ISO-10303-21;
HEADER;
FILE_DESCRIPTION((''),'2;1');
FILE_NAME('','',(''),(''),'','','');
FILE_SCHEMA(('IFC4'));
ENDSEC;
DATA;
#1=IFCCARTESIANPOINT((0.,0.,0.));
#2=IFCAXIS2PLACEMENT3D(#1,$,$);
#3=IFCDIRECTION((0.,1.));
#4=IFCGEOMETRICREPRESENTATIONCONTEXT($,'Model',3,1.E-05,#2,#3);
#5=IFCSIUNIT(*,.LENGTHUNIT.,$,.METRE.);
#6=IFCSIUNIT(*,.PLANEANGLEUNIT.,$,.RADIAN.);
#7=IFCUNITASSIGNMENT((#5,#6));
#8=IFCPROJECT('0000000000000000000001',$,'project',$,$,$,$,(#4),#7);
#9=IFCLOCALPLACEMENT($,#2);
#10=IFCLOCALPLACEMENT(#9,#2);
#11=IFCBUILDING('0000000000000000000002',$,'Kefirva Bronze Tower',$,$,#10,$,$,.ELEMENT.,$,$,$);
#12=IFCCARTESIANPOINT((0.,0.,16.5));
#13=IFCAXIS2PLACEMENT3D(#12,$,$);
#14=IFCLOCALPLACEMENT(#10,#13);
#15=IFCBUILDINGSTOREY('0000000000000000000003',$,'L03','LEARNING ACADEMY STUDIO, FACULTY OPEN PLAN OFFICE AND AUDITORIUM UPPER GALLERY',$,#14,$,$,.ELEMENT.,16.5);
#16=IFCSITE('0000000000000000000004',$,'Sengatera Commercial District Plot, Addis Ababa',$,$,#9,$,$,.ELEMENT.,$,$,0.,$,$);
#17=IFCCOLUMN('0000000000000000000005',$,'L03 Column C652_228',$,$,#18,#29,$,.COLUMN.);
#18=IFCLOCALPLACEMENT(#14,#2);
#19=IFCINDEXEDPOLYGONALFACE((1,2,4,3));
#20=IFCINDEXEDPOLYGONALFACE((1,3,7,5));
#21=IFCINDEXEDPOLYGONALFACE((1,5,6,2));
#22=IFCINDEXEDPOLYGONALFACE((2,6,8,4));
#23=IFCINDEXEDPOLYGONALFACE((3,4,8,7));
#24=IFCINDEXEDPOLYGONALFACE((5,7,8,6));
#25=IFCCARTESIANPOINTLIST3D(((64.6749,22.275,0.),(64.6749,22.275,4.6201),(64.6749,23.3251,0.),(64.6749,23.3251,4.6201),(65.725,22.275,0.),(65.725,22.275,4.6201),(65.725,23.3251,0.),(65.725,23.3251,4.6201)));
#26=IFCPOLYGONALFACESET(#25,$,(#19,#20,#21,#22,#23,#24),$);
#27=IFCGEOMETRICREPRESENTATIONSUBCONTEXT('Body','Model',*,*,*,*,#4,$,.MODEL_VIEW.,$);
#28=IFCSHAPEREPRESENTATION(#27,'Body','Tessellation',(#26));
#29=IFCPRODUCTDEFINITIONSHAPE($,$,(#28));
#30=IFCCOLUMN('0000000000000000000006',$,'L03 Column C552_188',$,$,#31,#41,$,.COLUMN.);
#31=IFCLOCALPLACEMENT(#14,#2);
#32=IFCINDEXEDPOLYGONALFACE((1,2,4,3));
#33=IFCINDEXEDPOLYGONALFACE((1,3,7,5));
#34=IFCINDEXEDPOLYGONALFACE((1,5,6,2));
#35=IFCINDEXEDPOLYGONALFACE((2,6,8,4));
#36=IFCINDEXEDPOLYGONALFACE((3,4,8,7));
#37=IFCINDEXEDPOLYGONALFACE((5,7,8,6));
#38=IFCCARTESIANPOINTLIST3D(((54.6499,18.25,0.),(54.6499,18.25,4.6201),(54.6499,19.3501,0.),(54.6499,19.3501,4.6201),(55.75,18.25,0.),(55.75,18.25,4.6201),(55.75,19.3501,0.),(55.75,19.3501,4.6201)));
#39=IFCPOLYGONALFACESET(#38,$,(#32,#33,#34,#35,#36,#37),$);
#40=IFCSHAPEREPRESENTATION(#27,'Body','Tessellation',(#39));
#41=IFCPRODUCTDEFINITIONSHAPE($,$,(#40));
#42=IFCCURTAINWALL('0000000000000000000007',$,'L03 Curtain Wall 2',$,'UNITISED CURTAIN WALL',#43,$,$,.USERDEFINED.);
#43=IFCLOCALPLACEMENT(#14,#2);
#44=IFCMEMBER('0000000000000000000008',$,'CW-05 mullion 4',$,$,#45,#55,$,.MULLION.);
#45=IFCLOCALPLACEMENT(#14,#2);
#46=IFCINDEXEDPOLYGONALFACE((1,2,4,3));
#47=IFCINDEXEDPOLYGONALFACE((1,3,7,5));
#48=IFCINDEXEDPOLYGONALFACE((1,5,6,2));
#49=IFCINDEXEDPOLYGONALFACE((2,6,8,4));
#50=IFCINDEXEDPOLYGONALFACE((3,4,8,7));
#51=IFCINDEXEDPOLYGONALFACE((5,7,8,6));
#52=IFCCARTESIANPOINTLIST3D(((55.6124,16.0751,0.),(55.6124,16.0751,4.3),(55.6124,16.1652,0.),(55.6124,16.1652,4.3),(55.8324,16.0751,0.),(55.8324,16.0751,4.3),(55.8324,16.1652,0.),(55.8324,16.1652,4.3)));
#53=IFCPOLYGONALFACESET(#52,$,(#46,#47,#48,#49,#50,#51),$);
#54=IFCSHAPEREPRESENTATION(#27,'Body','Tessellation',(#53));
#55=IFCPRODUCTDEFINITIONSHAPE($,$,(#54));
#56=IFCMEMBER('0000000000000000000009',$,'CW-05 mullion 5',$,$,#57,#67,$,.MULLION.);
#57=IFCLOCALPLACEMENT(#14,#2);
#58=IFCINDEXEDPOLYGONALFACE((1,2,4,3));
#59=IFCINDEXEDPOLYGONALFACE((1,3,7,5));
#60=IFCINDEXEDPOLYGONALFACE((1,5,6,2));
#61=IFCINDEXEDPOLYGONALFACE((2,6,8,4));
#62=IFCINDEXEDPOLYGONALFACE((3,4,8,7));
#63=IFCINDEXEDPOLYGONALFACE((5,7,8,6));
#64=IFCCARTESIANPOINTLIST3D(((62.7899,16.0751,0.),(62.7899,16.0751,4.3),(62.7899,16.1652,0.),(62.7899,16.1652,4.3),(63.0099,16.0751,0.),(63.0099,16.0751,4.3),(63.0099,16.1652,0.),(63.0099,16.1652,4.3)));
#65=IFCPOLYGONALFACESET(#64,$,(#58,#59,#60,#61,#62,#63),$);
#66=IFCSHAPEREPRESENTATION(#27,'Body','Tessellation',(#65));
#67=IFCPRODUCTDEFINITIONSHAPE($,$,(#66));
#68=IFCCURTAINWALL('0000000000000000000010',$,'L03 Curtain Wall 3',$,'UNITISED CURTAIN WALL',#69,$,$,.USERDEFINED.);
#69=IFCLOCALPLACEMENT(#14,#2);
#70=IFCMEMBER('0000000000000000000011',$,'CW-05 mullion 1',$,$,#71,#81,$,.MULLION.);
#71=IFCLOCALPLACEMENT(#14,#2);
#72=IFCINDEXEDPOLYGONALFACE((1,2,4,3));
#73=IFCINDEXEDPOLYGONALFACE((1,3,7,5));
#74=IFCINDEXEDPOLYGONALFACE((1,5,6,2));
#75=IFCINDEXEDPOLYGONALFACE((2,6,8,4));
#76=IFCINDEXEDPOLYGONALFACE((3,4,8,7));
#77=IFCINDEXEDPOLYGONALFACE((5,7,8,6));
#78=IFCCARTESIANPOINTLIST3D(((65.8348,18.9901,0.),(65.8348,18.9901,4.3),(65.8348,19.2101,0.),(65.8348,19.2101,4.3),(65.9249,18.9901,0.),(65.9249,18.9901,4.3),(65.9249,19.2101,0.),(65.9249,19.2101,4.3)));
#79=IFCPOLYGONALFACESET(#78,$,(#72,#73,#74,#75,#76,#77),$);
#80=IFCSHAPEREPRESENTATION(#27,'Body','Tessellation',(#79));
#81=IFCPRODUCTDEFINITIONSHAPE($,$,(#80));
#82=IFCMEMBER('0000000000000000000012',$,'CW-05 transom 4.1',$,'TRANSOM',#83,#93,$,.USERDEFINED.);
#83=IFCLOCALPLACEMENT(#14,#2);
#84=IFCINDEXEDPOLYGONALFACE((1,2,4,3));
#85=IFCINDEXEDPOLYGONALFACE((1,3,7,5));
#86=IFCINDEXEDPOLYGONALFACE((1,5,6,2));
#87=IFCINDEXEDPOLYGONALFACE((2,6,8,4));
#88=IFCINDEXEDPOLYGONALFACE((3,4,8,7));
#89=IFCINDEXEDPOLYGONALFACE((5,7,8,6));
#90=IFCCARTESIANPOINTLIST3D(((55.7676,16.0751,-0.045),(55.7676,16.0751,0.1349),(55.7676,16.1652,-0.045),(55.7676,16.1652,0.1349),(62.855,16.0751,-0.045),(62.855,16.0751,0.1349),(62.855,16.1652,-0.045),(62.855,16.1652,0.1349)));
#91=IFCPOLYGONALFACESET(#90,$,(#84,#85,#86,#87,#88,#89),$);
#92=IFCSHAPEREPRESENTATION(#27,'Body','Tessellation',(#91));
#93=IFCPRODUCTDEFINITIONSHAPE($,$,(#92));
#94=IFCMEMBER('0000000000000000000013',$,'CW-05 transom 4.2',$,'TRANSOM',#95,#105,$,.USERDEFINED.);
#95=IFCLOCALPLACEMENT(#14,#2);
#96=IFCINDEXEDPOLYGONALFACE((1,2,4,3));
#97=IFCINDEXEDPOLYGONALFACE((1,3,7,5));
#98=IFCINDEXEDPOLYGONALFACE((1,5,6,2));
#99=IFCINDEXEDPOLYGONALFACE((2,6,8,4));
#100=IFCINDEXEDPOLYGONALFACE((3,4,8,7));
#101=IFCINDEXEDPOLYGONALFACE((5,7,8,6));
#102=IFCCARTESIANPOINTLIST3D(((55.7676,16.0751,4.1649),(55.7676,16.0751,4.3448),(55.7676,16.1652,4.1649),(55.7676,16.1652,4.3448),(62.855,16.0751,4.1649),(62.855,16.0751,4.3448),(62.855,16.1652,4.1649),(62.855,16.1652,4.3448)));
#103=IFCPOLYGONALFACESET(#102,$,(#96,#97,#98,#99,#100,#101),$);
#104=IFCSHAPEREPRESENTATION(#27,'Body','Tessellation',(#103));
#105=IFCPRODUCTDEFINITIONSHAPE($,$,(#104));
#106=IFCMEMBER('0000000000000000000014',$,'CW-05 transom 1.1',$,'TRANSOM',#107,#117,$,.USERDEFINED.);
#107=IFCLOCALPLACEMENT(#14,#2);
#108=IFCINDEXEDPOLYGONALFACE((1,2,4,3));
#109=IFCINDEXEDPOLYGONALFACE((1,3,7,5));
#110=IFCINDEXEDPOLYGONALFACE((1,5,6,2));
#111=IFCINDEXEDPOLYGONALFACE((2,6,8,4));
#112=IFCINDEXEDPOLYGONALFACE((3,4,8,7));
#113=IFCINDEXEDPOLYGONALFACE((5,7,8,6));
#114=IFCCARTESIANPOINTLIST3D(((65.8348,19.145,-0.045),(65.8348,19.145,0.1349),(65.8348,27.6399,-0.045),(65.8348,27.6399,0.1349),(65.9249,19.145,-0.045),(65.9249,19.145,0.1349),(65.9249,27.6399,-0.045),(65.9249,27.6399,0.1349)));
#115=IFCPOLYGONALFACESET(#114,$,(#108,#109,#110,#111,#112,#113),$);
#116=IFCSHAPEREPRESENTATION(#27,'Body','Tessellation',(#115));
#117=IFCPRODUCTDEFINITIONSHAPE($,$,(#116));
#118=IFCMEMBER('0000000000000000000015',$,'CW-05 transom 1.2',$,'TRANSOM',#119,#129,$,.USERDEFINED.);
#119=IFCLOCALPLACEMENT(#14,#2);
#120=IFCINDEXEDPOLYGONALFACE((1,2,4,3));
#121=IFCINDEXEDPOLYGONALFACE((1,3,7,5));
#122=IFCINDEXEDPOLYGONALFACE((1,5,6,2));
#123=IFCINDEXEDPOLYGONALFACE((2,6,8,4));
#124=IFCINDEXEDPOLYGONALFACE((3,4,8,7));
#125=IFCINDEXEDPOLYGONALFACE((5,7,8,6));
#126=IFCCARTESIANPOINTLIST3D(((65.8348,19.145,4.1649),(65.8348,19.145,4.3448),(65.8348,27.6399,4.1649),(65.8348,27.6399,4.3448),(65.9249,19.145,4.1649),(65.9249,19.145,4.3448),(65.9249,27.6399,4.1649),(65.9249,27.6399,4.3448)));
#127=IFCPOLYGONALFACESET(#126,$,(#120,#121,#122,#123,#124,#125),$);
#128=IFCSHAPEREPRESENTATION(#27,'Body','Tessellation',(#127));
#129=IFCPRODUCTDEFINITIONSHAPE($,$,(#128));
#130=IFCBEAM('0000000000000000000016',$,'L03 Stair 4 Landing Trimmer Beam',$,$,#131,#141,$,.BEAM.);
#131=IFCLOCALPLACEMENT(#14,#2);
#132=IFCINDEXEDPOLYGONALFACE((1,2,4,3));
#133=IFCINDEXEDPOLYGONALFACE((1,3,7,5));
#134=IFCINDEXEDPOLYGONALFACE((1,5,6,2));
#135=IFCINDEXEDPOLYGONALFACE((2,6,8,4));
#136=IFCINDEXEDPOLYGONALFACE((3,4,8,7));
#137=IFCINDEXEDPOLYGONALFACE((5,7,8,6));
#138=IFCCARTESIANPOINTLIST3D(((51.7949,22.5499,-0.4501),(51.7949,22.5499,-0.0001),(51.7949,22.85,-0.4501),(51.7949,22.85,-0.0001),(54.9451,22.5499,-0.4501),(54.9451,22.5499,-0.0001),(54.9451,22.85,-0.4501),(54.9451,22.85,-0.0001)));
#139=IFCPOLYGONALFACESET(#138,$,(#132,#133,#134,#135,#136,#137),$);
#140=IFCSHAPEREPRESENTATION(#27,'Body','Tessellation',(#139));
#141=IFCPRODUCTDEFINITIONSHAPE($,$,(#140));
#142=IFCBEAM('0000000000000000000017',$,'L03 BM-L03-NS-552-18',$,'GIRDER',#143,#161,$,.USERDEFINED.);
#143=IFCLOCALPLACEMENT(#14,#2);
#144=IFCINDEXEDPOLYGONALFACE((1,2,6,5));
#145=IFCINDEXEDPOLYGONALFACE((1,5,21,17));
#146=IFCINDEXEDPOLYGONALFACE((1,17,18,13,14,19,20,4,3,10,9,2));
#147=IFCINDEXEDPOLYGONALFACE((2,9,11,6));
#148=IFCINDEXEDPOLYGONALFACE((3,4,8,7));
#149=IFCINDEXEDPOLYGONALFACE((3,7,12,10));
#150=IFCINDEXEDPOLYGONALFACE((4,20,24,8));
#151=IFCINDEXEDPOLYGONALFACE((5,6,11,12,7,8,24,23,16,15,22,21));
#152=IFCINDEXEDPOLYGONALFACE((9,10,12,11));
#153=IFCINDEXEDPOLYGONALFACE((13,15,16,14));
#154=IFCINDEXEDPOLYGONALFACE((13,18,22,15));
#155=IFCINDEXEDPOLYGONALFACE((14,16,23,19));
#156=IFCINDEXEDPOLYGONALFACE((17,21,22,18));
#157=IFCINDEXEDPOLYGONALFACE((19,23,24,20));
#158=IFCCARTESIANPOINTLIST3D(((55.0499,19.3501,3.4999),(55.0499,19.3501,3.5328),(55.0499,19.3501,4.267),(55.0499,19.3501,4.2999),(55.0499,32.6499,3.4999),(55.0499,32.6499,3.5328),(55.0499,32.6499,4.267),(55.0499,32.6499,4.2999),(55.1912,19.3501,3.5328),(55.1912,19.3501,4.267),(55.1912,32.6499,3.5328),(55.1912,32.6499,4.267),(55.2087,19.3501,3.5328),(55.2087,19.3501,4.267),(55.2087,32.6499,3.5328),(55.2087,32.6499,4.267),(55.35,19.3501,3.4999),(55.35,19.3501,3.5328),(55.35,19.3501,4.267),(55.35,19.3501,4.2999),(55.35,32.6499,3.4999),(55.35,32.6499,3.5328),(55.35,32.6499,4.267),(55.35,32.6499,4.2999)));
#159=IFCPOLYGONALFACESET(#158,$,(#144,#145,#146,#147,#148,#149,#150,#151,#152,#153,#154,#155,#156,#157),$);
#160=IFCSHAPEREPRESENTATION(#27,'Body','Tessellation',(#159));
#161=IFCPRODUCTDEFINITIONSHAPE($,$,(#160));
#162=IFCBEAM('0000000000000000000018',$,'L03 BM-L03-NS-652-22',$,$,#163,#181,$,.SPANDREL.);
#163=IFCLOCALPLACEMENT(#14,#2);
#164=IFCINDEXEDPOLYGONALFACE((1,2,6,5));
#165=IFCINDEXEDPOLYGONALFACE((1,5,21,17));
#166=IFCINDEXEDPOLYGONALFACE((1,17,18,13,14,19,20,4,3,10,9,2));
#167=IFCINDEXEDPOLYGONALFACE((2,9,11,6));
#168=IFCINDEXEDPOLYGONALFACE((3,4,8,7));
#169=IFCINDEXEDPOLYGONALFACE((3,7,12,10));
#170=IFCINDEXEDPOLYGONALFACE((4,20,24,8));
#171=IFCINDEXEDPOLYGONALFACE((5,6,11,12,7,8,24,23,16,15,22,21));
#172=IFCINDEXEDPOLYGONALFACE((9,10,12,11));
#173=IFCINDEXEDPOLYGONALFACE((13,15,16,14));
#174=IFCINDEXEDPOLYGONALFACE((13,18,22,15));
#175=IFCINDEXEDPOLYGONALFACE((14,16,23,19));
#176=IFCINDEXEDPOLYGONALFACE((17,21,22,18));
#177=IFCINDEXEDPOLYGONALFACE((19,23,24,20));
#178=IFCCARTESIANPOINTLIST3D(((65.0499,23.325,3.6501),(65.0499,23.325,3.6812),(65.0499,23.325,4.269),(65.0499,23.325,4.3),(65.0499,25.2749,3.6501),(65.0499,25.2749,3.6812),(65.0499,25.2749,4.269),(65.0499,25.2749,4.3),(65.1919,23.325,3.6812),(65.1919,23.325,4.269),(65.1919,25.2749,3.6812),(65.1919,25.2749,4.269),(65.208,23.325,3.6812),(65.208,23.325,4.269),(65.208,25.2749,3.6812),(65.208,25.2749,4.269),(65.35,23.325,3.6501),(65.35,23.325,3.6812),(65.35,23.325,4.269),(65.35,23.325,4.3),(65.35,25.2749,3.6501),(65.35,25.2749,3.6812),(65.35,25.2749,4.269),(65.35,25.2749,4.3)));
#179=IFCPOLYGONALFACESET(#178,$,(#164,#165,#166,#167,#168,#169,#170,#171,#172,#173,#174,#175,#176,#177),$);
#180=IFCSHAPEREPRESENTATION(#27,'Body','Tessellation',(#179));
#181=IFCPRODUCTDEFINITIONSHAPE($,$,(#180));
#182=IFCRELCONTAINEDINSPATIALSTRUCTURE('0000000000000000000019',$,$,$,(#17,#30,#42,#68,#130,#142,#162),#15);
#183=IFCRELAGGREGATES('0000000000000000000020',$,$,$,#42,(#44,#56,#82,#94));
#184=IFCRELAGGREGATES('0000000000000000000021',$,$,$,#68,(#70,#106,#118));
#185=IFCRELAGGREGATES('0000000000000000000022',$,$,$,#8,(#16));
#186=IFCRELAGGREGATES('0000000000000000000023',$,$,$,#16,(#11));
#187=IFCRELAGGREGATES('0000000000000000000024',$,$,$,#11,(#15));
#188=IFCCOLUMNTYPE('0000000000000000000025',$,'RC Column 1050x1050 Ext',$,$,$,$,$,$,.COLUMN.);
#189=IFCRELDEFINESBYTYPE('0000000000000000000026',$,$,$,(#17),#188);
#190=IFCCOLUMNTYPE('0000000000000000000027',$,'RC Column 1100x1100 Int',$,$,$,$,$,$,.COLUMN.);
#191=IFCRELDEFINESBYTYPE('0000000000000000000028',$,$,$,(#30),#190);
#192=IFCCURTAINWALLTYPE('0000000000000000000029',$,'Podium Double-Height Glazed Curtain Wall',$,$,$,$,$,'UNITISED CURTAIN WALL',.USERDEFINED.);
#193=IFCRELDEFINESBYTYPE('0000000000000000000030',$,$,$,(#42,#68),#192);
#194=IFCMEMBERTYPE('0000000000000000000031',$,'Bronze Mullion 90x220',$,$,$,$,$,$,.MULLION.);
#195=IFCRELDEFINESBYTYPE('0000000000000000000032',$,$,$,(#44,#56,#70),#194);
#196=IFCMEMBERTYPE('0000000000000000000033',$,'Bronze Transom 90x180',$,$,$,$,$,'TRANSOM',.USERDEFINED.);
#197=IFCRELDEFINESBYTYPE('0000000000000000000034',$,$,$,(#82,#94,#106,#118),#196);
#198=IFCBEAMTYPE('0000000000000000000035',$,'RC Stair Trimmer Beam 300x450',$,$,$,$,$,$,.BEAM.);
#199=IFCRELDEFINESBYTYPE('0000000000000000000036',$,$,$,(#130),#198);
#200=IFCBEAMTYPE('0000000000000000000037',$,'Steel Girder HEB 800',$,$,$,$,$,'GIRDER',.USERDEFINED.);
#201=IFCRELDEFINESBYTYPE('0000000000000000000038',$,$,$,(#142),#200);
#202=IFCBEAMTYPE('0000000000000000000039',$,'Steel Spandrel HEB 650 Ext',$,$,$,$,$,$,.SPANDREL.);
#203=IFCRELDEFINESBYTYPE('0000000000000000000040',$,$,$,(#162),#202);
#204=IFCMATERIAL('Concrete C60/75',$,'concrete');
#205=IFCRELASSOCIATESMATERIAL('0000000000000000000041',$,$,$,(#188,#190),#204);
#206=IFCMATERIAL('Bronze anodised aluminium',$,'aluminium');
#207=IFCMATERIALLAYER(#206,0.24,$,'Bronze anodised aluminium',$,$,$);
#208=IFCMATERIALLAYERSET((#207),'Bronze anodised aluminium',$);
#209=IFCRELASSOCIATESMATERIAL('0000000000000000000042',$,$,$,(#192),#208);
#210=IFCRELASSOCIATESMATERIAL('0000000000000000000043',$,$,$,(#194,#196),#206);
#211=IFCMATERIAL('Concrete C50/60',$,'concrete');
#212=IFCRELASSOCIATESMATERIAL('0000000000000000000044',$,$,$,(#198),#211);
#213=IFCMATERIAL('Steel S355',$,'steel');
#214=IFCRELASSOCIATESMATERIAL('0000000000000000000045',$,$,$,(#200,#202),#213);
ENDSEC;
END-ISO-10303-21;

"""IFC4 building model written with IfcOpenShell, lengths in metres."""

from ifc_helpers import new_model, si_unit, direction, frame, origin, origin_2d, place, context, subcontext, project, spatial, rectangle, i_section, extrude, material, layer, layer_set, material_profile, profile_set, type_object, element, aggregate, save


model = new_model("IFC4")

# Units and contexts
model_context = context("Model", 3, precision=1e-05, world=origin(), true_north=direction((0.0, 1.0)))
body_context = subcontext(model_context, "Body", "Model", "MODEL_VIEW")
ifc_project = project(units=[si_unit("LENGTHUNIT", "METRE"), si_unit("PLANEANGLEUNIT", "RADIAN")], contexts=[model_context])

# Site, building, storey
site_placement = place(None, origin())
site = spatial("IfcSite", under=ifc_project, at=site_placement, Name="Sengatera Commercial District Plot, Addis Ababa", CompositionType="ELEMENT", RefElevation=0.0)
building_placement = place(site_placement, origin())
building = spatial("IfcBuilding", under=site, at=building_placement, Name="Kefirva Bronze Tower", CompositionType="ELEMENT")
storey_placement = place(building_placement, frame((0.0, 0.0, 16.5)))
storey = spatial("IfcBuildingStorey", under=building, at=storey_placement, Name="L03", Description="LEARNING ACADEMY STUDIO, FACULTY OPEN PLAN OFFICE AND AUDITORIUM UPPER GALLERY", CompositionType="ELEMENT", Elevation=16.5)

# Columns
ifc_material_1 = material(Name="Concrete C60/75", Category="concrete")
ifc_material_profile_1 = material_profile(ifc_material_1, rectangle(XDim=1.05, YDim=1.05, at=origin_2d()), Name="RC 1050x1050")
ifc_profile_set_1 = profile_set([ifc_material_profile_1], Name="Concrete C60/75")
column_type_1 = type_object("IfcColumnType", Name="RC Column 1050x1050 Ext", PredefinedType="COLUMN", material=ifc_profile_set_1)
column_1_placement = place(storey_placement, frame((65.2, 22.8, 0.0), z_axis=(0.0, 0.0, 1.0), x_axis=(1.0, 0.0, 0.0)))
element("IfcColumn", 1, at=column_1_placement, inside=storey, type_object=column_type_1, Name="L03 Column C652_228", PredefinedType="COLUMN", context=body_context, shape_type="SweptSolid", body=[
    extrude(rectangle(XDim=1.05, YDim=1.05, at=origin_2d()), origin(), (0.0, 0.0, 1.0), 4.6201),
])
ifc_material_profile_2 = material_profile(ifc_material_1, rectangle(XDim=1.1001, YDim=1.1001, at=origin_2d()), Name="RC 1100x1100")
ifc_profile_set_2 = profile_set([ifc_material_profile_2], Name="Concrete C60/75")
column_type_2 = type_object("IfcColumnType", Name="RC Column 1100x1100 Int", PredefinedType="COLUMN", material=ifc_profile_set_2)
column_2_placement = place(storey_placement, frame((55.2, 18.8, 0.0), z_axis=(0.0, 0.0, 1.0), x_axis=(1.0, 0.0, 0.0)))
element("IfcColumn", 2, at=column_2_placement, inside=storey, type_object=column_type_2, Name="L03 Column C552_188", PredefinedType="COLUMN", context=body_context, shape_type="SweptSolid", body=[
    extrude(rectangle(XDim=1.1001, YDim=1.1001, at=origin_2d()), origin(), (0.0, 0.0, 1.0), 4.6201),
])

# Curtain wall, members
ifc_material_2 = material(Name="Bronze anodised aluminium", Category="aluminium")
ifc_layer_1 = layer(ifc_material_2, 0.24, Name="Bronze anodised aluminium")
ifc_layer_set_1 = layer_set([ifc_layer_1], Name="Bronze anodised aluminium")
curtain_wall_type = type_object("IfcCurtainWallType", Name="Podium Double-Height Glazed Curtain Wall", ElementType="UNITISED CURTAIN WALL", PredefinedType="USERDEFINED", material=ifc_layer_set_1)
curtain_wall_1_placement = place(storey_placement, origin())
curtain_wall_1 = element("IfcCurtainWall", 3, at=curtain_wall_1_placement, inside=storey, type_object=curtain_wall_type, Name="L03 Curtain Wall 2", ObjectType="UNITISED CURTAIN WALL", PredefinedType="USERDEFINED")
ifc_material_profile_3 = material_profile(ifc_material_2, rectangle(XDim=0.0901, YDim=0.22, at=origin_2d()), Name="ALU 90x220")
ifc_profile_set_3 = profile_set([ifc_material_profile_3], Name="Bronze anodised aluminium")
member_type_1 = type_object("IfcMemberType", Name="Bronze Mullion 90x220", PredefinedType="MULLION", material=ifc_profile_set_3)
member_1_placement = place(storey_placement, frame((55.7224, 16.1201, 0.0), z_axis=(0.0, 0.0, 1.0), x_axis=(0.0, 1.0, 0.0)))
member_1 = element("IfcMember", 4, at=member_1_placement, type_object=member_type_1, Name="CW-05 mullion 4", PredefinedType="MULLION", context=body_context, shape_type="SweptSolid", body=[
    extrude(rectangle(XDim=0.0901, YDim=0.22, at=origin_2d()), origin(), (0.0, 0.0, 1.0), 4.3),
])
member_2_placement = place(storey_placement, frame((62.8999, 16.1201, 0.0), z_axis=(0.0, 0.0, 1.0), x_axis=(0.0, 1.0, 0.0)))
member_2 = element("IfcMember", 5, at=member_2_placement, type_object=member_type_1, Name="CW-05 mullion 5", PredefinedType="MULLION", context=body_context, shape_type="SweptSolid", body=[
    extrude(rectangle(XDim=0.0901, YDim=0.22, at=origin_2d()), origin(), (0.0, 0.0, 1.0), 4.3),
])

# Curtain wall, member
curtain_wall_2_placement = place(storey_placement, origin())
curtain_wall_2 = element("IfcCurtainWall", 6, at=curtain_wall_2_placement, inside=storey, type_object=curtain_wall_type, Name="L03 Curtain Wall 3", ObjectType="UNITISED CURTAIN WALL", PredefinedType="USERDEFINED")
member_3_placement = place(storey_placement, frame((65.8799, 19.1001, 0.0), z_axis=(0.0, 0.0, 1.0), x_axis=(-1.0, 0.0, 0.0)))
member_3 = element("IfcMember", 7, at=member_3_placement, type_object=member_type_1, Name="CW-05 mullion 1", PredefinedType="MULLION", context=body_context, shape_type="SweptSolid", body=[
    extrude(rectangle(XDim=0.0901, YDim=0.22, at=origin_2d()), origin(), (0.0, 0.0, 1.0), 4.3),
])

# Members
ifc_material_profile_4 = material_profile(ifc_material_2, rectangle(XDim=0.0901, YDim=0.1799, at=origin_2d()), Name="ALU 90x180")
ifc_profile_set_4 = profile_set([ifc_material_profile_4], Name="Bronze anodised aluminium")
member_type_2 = type_object("IfcMemberType", Name="Bronze Transom 90x180", ElementType="TRANSOM", PredefinedType="USERDEFINED", material=ifc_profile_set_4)
member_4_placement = place(storey_placement, frame((55.7676, 16.1201, 0.0449), z_axis=(1.0, 0.0, 0.0), x_axis=(0.0, 1.0, 0.0)))
member_4 = element("IfcMember", 8, at=member_4_placement, type_object=member_type_2, Name="CW-05 transom 4.1", ObjectType="TRANSOM", PredefinedType="USERDEFINED", context=body_context, shape_type="SweptSolid", body=[
    extrude(rectangle(XDim=0.0901, YDim=0.1799, at=origin_2d()), origin(), (0.0, 0.0, 1.0), 7.0874),
])
member_5_placement = place(storey_placement, frame((55.7676, 16.1201, 4.2549), z_axis=(1.0, 0.0, 0.0), x_axis=(0.0, 1.0, 0.0)))
member_5 = element("IfcMember", 9, at=member_5_placement, type_object=member_type_2, Name="CW-05 transom 4.2", ObjectType="TRANSOM", PredefinedType="USERDEFINED", context=body_context, shape_type="SweptSolid", body=[
    extrude(rectangle(XDim=0.0901, YDim=0.1799, at=origin_2d()), origin(), (0.0, 0.0, 1.0), 7.0874),
])
member_6_placement = place(storey_placement, frame((65.8799, 19.145, 0.0449), z_axis=(0.0, 1.0, 0.0), x_axis=(-1.0, 0.0, 0.0)))
member_6 = element("IfcMember", 10, at=member_6_placement, type_object=member_type_2, Name="CW-05 transom 1.1", ObjectType="TRANSOM", PredefinedType="USERDEFINED", context=body_context, shape_type="SweptSolid", body=[
    extrude(rectangle(XDim=0.0901, YDim=0.1799, at=origin_2d()), origin(), (0.0, 0.0, 1.0), 8.4949),
])
member_7_placement = place(storey_placement, frame((65.8799, 19.145, 4.2549), z_axis=(0.0, 1.0, 0.0), x_axis=(-1.0, 0.0, 0.0)))
member_7 = element("IfcMember", 11, at=member_7_placement, type_object=member_type_2, Name="CW-05 transom 1.2", ObjectType="TRANSOM", PredefinedType="USERDEFINED", context=body_context, shape_type="SweptSolid", body=[
    extrude(rectangle(XDim=0.0901, YDim=0.1799, at=origin_2d()), origin(), (0.0, 0.0, 1.0), 8.4949),
])

# Beams
ifc_material_3 = material(Name="Concrete C50/60", Category="concrete")
ifc_material_profile_5 = material_profile(ifc_material_3, rectangle(XDim=0.3, YDim=0.45, at=origin_2d()), Name="RC 300x450")
ifc_profile_set_5 = profile_set([ifc_material_profile_5], Name="Concrete C50/60")
beam_type_1 = type_object("IfcBeamType", Name="RC Stair Trimmer Beam 300x450", PredefinedType="BEAM", material=ifc_profile_set_5)
beam_1_placement = place(storey_placement, frame((51.7949, 22.7, -0.2251), z_axis=(1.0, 0.0, 0.0), x_axis=(0.0, 1.0, 0.0)))
element("IfcBeam", 12, at=beam_1_placement, inside=storey, type_object=beam_type_1, Name="L03 Stair 4 Landing Trimmer Beam", PredefinedType="BEAM", context=body_context, shape_type="SweptSolid", body=[
    extrude(rectangle(XDim=0.3, YDim=0.45, at=origin_2d()), origin(), (0.0, 0.0, 1.0), 3.1501),
])
ifc_material_4 = material(Name="Steel S355", Category="steel")
ifc_material_profile_6 = material_profile(ifc_material_4, i_section(OverallWidth=0.3, OverallDepth=0.8, WebThickness=0.0176, FlangeThickness=0.033, at=origin_2d()), Name="HEB 800")
ifc_profile_set_6 = profile_set([ifc_material_profile_6], Name="Steel S355")
beam_type_2 = type_object("IfcBeamType", Name="Steel Girder HEB 800", ElementType="GIRDER", PredefinedType="USERDEFINED", material=ifc_profile_set_6)
beam_2_placement = place(storey_placement, frame((55.2, 19.3501, 3.8999), z_axis=(0.0, 1.0, 0.0), x_axis=(-1.0, 0.0, 0.0)))
element("IfcBeam", 13, at=beam_2_placement, inside=storey, type_object=beam_type_2, Name="L03 BM-L03-NS-552-18", ObjectType="GIRDER", PredefinedType="USERDEFINED", context=body_context, shape_type="SweptSolid", body=[
    extrude(i_section(OverallWidth=0.3, OverallDepth=0.8, WebThickness=0.0176, FlangeThickness=0.033, at=origin_2d()), origin(), (0.0, 0.0, 1.0), 13.2998),
])
ifc_material_profile_7 = material_profile(ifc_material_4, i_section(OverallWidth=0.3, OverallDepth=0.6499, WebThickness=0.0161, FlangeThickness=0.031, at=origin_2d()), Name="HEB 650")
ifc_profile_set_7 = profile_set([ifc_material_profile_7], Name="Steel S355")
beam_type_3 = type_object("IfcBeamType", Name="Steel Spandrel HEB 650 Ext", PredefinedType="SPANDREL", material=ifc_profile_set_7)
beam_3_placement = place(storey_placement, frame((65.2, 23.325, 3.9751), z_axis=(0.0, 1.0, 0.0), x_axis=(-1.0, 0.0, 0.0)))
element("IfcBeam", 14, at=beam_3_placement, inside=storey, type_object=beam_type_3, Name="L03 BM-L03-NS-652-22", PredefinedType="SPANDREL", context=body_context, shape_type="SweptSolid", body=[
    extrude(i_section(OverallWidth=0.3, OverallDepth=0.6499, WebThickness=0.0161, FlangeThickness=0.031, at=origin_2d()), origin(), (0.0, 0.0, 1.0), 1.95),
])

aggregate(curtain_wall_1, [member_1, member_2, member_4, member_5])
aggregate(curtain_wall_2, [member_3, member_6, member_7])

save(model, "model.ifc")
